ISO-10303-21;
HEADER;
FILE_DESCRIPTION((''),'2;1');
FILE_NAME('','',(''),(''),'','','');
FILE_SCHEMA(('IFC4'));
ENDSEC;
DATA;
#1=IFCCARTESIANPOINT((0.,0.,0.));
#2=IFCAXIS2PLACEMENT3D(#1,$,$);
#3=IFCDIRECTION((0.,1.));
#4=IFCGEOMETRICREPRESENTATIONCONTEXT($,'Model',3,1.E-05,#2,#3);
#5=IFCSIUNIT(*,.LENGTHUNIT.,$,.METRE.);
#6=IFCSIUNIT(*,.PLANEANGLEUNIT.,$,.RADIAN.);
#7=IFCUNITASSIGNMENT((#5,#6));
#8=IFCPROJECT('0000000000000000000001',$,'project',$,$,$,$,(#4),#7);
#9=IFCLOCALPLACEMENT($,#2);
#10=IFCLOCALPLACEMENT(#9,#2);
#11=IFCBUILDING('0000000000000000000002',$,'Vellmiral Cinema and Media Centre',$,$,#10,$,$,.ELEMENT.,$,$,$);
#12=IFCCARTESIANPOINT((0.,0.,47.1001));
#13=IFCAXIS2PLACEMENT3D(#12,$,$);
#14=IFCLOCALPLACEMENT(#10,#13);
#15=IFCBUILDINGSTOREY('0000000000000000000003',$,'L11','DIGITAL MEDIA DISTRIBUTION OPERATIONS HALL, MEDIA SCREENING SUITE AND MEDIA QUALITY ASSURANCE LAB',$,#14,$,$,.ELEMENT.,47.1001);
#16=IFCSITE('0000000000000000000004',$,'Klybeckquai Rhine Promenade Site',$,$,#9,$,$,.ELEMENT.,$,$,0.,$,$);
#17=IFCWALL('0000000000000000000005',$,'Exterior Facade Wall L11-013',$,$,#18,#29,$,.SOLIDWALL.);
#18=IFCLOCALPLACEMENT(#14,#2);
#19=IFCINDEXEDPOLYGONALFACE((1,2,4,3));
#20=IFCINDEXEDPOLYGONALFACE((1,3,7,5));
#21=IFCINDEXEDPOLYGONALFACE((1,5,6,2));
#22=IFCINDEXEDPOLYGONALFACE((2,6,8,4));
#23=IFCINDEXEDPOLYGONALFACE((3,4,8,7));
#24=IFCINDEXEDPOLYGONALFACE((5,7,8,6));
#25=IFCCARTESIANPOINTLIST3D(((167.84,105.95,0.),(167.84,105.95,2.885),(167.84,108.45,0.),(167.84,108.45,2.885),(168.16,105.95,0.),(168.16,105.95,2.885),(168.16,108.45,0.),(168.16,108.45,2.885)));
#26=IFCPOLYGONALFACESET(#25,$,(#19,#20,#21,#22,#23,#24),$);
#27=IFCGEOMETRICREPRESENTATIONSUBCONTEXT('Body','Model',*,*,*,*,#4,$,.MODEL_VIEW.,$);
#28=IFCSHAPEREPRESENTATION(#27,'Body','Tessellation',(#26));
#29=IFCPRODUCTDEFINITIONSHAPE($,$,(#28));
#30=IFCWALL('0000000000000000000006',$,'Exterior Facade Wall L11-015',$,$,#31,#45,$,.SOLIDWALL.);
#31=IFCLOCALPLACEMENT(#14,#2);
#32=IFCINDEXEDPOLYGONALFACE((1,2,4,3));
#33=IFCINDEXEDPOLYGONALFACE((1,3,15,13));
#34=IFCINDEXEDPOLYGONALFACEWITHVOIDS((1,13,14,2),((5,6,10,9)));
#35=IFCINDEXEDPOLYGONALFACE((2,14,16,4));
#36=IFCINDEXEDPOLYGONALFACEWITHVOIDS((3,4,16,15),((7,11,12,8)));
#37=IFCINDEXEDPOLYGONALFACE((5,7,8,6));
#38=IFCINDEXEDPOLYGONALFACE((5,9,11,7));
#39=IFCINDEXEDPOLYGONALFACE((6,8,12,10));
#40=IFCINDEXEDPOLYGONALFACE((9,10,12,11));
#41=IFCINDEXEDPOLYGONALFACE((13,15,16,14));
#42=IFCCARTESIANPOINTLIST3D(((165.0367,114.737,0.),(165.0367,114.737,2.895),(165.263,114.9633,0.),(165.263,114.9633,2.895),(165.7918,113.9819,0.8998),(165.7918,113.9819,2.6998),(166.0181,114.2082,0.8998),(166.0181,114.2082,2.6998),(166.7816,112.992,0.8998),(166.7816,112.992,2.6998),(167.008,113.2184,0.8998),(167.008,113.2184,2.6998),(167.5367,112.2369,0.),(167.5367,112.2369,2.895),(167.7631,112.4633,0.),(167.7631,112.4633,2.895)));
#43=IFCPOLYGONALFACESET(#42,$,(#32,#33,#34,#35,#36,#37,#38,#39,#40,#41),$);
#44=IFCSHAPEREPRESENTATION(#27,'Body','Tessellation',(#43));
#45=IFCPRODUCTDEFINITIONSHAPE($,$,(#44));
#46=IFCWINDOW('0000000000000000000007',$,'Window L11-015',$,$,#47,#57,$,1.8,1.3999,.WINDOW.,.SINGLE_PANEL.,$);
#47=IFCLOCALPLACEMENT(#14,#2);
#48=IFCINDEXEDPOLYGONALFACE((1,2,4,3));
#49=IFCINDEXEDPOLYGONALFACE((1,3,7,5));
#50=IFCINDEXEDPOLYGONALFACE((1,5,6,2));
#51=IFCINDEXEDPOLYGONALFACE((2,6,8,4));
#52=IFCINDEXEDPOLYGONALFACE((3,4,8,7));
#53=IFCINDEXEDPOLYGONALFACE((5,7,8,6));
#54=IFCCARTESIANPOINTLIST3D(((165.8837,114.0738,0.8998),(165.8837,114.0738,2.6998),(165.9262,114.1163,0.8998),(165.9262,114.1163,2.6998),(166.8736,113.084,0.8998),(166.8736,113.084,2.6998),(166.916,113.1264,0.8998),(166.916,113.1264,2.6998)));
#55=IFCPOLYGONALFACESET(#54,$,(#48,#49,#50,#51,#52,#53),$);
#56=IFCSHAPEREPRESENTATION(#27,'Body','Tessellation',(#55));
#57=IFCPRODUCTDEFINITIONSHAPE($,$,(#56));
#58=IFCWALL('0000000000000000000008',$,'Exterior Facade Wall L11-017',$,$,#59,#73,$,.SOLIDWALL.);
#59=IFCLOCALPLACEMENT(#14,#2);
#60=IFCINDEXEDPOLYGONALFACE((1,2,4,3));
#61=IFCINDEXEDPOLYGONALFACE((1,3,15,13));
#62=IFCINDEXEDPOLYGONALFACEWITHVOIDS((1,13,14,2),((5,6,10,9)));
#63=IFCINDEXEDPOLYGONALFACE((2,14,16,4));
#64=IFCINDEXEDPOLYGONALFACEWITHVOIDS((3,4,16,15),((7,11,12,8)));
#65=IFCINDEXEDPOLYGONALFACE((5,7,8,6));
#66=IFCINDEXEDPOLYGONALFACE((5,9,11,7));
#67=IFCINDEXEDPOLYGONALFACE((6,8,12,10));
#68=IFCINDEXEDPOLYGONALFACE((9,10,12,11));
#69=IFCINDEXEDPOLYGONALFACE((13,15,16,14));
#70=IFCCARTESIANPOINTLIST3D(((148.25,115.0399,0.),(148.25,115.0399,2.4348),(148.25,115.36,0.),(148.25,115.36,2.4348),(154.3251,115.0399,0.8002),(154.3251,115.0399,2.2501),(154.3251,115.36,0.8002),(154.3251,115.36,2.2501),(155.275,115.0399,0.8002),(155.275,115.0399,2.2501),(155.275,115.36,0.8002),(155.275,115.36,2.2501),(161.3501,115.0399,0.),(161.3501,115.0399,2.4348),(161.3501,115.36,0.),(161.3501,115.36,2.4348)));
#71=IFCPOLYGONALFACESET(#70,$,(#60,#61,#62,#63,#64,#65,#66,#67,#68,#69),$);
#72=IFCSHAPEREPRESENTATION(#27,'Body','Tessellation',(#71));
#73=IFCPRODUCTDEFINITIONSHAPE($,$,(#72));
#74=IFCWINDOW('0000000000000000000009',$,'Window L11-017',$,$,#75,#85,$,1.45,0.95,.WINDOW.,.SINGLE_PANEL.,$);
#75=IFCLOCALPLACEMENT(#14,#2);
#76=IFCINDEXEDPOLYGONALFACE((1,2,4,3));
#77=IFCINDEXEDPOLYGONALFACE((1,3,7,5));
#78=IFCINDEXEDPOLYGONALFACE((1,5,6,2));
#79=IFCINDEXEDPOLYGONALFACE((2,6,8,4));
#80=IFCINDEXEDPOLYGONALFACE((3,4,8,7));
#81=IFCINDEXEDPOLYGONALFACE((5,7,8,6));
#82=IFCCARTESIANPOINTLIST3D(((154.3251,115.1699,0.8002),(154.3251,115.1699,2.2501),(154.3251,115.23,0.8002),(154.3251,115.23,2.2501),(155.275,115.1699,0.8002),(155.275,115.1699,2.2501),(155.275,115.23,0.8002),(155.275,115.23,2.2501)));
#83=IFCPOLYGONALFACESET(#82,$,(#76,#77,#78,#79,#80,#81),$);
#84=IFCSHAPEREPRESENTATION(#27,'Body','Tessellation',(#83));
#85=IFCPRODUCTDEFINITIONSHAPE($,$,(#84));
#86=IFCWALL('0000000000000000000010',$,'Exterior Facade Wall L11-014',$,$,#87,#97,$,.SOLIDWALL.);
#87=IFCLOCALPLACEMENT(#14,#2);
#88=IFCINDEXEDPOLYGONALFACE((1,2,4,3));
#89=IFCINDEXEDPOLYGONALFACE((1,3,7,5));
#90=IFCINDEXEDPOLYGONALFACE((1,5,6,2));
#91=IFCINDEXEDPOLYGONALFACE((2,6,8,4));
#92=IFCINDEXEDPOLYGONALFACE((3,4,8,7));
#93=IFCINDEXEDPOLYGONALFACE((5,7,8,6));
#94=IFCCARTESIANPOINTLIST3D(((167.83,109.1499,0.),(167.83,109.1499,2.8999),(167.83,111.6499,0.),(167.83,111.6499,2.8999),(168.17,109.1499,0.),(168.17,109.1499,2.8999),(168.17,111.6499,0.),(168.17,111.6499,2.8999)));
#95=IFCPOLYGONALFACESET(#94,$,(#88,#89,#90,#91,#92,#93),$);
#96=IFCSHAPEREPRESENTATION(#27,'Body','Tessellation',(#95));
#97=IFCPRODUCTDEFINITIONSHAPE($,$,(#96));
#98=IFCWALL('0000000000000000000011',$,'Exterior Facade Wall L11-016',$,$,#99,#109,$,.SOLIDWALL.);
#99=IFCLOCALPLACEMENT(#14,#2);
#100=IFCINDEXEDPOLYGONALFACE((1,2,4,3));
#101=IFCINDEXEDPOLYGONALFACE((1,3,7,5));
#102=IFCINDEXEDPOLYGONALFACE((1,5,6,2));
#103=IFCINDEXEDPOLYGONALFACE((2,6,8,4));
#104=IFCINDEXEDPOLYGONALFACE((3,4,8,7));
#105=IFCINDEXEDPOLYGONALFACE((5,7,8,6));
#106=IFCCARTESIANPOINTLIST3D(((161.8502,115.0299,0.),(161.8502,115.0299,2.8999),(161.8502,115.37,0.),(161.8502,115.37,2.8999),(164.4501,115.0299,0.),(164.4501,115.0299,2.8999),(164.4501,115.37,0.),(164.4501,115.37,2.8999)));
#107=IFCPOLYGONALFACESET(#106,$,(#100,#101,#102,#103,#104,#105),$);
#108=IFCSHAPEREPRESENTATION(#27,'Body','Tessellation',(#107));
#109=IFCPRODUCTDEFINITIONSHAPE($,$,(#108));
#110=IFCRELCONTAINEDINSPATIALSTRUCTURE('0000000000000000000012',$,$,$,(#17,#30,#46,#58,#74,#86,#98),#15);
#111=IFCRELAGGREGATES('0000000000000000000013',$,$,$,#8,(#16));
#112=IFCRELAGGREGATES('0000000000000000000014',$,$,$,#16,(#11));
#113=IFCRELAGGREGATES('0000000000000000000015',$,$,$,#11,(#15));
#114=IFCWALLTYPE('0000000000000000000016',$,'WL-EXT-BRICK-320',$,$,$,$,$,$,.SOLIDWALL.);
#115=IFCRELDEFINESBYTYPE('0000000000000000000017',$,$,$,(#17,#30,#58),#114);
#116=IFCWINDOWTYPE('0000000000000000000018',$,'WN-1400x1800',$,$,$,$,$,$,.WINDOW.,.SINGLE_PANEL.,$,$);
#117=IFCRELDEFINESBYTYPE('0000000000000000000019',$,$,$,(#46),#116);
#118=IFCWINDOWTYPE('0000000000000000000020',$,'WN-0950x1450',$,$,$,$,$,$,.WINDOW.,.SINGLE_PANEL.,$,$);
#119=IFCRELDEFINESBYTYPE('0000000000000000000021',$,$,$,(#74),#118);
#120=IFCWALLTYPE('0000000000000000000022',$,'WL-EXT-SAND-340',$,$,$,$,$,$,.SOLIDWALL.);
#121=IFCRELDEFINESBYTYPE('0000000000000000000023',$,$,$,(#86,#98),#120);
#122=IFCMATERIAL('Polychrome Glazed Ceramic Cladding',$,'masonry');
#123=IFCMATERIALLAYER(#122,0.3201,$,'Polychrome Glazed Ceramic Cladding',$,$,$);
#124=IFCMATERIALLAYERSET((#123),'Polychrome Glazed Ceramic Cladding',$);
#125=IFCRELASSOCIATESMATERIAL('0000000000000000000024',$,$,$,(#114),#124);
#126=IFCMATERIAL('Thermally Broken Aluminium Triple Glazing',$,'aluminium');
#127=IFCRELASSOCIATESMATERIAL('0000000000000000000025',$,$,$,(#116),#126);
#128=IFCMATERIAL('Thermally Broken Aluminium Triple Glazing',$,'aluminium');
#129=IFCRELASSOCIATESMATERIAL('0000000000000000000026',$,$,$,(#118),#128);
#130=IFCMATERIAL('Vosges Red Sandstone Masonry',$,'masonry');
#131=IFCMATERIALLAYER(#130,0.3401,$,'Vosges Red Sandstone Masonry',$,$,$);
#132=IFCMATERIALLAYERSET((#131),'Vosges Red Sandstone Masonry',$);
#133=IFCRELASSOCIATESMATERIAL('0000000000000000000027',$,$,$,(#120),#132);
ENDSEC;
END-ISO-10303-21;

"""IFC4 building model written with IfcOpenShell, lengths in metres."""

from ifc_helpers import new_model, si_unit, direction, frame, frame_2d, origin, place, context, subcontext, project, spatial, rectangle, extrude, material, layer, layer_set, type_object, element, fill, save


model = new_model("IFC4")

# Units and contexts
model_context = context("Model", 3, precision=1e-05, world=origin(), true_north=direction((0.0, 1.0)))
body_context = subcontext(model_context, "Body", "Model", "MODEL_VIEW")
ifc_project = project(units=[si_unit("LENGTHUNIT", "METRE"), si_unit("PLANEANGLEUNIT", "RADIAN")], contexts=[model_context])

# Site, building, storey
site_placement = place(None, origin())
site = spatial("IfcSite", under=ifc_project, at=site_placement, Name="Klybeckquai Rhine Promenade Site", CompositionType="ELEMENT", RefElevation=0.0)
building_placement = place(site_placement, origin())
building = spatial("IfcBuilding", under=site, at=building_placement, Name="Vellmiral Cinema and Media Centre", CompositionType="ELEMENT")
storey_placement = place(building_placement, frame((0.0, 0.0, 47.1001)))
storey = spatial("IfcBuildingStorey", under=building, at=storey_placement, Name="L11", Description="DIGITAL MEDIA DISTRIBUTION OPERATIONS HALL, MEDIA SCREENING SUITE AND MEDIA QUALITY ASSURANCE LAB", CompositionType="ELEMENT", Elevation=47.1001)

# Wall
ifc_material_1 = material(Name="Polychrome Glazed Ceramic Cladding", Category="masonry")
ifc_layer_1 = layer(ifc_material_1, 0.3201, Name="Polychrome Glazed Ceramic Cladding")
ifc_layer_set_1 = layer_set([ifc_layer_1], Name="Polychrome Glazed Ceramic Cladding")
wall_type_1 = type_object("IfcWallType", Name="WL-EXT-BRICK-320", PredefinedType="SOLIDWALL", material=ifc_layer_set_1)
wall_1_placement = place(storey_placement, frame((168.0, 105.95, 0.0), z_axis=(0.0, 0.0, 1.0), x_axis=(0.0, 1.0, 0.0)))
element("IfcWall", 1, at=wall_1_placement, inside=storey, type_object=wall_type_1, Name="Exterior Facade Wall L11-013", PredefinedType="SOLIDWALL", context=body_context, shape_type="SweptSolid", body=[
    extrude(rectangle(XDim=2.5, YDim=0.3201, at=frame_2d((1.25, 0.0))), origin(), (0.0, 0.0, 1.0), 2.885),
])

# Walls, openings, windows
wall_2_placement = place(storey_placement, frame((167.6499, 112.3501, 0.0), z_axis=(0.0, 0.0, 1.0), x_axis=(-0.707107, 0.707107, 0.0)))
wall_2 = element("IfcWall", 2, at=wall_2_placement, inside=storey, type_object=wall_type_1, Name="Exterior Facade Wall L11-015", PredefinedType="SOLIDWALL", context=body_context, shape_type="SweptSolid", body=[
    extrude(rectangle(XDim=3.5356, YDim=0.3201, at=frame_2d((1.7678, 0.0))), origin(), (0.0, 0.0, 1.0), 2.895),
])
opening_1_placement = place(wall_2_placement, frame((1.0679, 0.0, 0.8999)))
opening_1 = element("IfcOpeningElement", 3, at=opening_1_placement, cuts=wall_2, PredefinedType="OPENING", context=body_context, shape_type="SweptSolid", body=[
    extrude(rectangle(XDim=1.3999, YDim=1.8, at=frame_2d((0.7, 0.8999))), frame((0.0, 0.1719, 0.0), z_axis=(0.0, -1.0, 0.0), x_axis=(1.0, 0.0, 0.0)), (0.0, 0.0, 1.0), 0.344),
])
ifc_material_2 = material(Name="Thermally Broken Aluminium Triple Glazing", Category="aluminium")
window_type_1 = type_object("IfcWindowType", Name="WN-1400x1800", PartitioningType="SINGLE_PANEL", PredefinedType="WINDOW", material=ifc_material_2)
window_1_placement = place(opening_1_placement, origin())
window_1 = element("IfcWindow", 4, at=window_1_placement, inside=storey, type_object=window_type_1, Name="Window L11-015", OverallHeight=1.8, OverallWidth=1.3999, PartitioningType="SINGLE_PANEL", PredefinedType="WINDOW", context=body_context, shape_type="SweptSolid", body=[
    extrude(rectangle(XDim=1.3999, YDim=1.8, at=frame_2d((0.7, 0.8999))), frame((0.0, 0.03, 0.0), z_axis=(0.0, -1.0, 0.0), x_axis=(1.0, 0.0, 0.0)), (0.0, 0.0, 1.0), 0.0601),
])
fill(opening_1, window_1)
wall_3_placement = place(storey_placement, frame((161.3501, 115.2, 0.0), z_axis=(0.0, 0.0, 1.0), x_axis=(-1.0, 0.0, 0.0)))
wall_3 = element("IfcWall", 5, at=wall_3_placement, inside=storey, type_object=wall_type_1, Name="Exterior Facade Wall L11-017", PredefinedType="SOLIDWALL", context=body_context, shape_type="SweptSolid", body=[
    extrude(rectangle(XDim=13.1001, YDim=0.3201, at=frame_2d((6.55, 0.0))), origin(), (0.0, 0.0, 1.0), 2.4348),
])
opening_2_placement = place(wall_3_placement, frame((6.075, 0.0, 0.8)))
opening_2 = element("IfcOpeningElement", 6, at=opening_2_placement, cuts=wall_3, PredefinedType="OPENING", context=body_context, shape_type="SweptSolid", body=[
    extrude(rectangle(XDim=0.95, YDim=1.45, at=frame_2d((0.4751, 0.7251))), frame((0.0, 0.1719, 0.0), z_axis=(0.0, -1.0, 0.0), x_axis=(1.0, 0.0, 0.0)), (0.0, 0.0, 1.0), 0.344),
])
ifc_material_3 = material(Name="Thermally Broken Aluminium Triple Glazing", Category="aluminium")
window_type_2 = type_object("IfcWindowType", Name="WN-0950x1450", PartitioningType="SINGLE_PANEL", PredefinedType="WINDOW", material=ifc_material_3)
window_2_placement = place(opening_2_placement, origin())
window_2 = element("IfcWindow", 7, at=window_2_placement, inside=storey, type_object=window_type_2, Name="Window L11-017", OverallHeight=1.45, OverallWidth=0.95, PartitioningType="SINGLE_PANEL", PredefinedType="WINDOW", context=body_context, shape_type="SweptSolid", body=[
    extrude(rectangle(XDim=0.95, YDim=1.45, at=frame_2d((0.4751, 0.7251))), frame((0.0, 0.03, 0.0), z_axis=(0.0, -1.0, 0.0), x_axis=(1.0, 0.0, 0.0)), (0.0, 0.0, 1.0), 0.0601),
])
fill(opening_2, window_2)

# Walls
ifc_material_4 = material(Name="Vosges Red Sandstone Masonry", Category="masonry")
ifc_layer_2 = layer(ifc_material_4, 0.3401, Name="Vosges Red Sandstone Masonry")
ifc_layer_set_2 = layer_set([ifc_layer_2], Name="Vosges Red Sandstone Masonry")
wall_type_2 = type_object("IfcWallType", Name="WL-EXT-SAND-340", PredefinedType="SOLIDWALL", material=ifc_layer_set_2)
wall_4_placement = place(storey_placement, frame((168.0, 109.1499, 0.0), z_axis=(0.0, 0.0, 1.0), x_axis=(0.0, 1.0, 0.0)))
element("IfcWall", 8, at=wall_4_placement, inside=storey, type_object=wall_type_2, Name="Exterior Facade Wall L11-014", PredefinedType="SOLIDWALL", context=body_context, shape_type="SweptSolid", body=[
    extrude(rectangle(XDim=2.5, YDim=0.3401, at=frame_2d((1.25, 0.0))), origin(), (0.0, 0.0, 1.0), 2.8999),
])
wall_5_placement = place(storey_placement, frame((164.45, 115.2, 0.0), z_axis=(0.0, 0.0, 1.0), x_axis=(-1.0, 0.0, 0.0)))
element("IfcWall", 9, at=wall_5_placement, inside=storey, type_object=wall_type_2, Name="Exterior Facade Wall L11-016", PredefinedType="SOLIDWALL", context=body_context, shape_type="SweptSolid", body=[
    extrude(rectangle(XDim=2.5999, YDim=0.3401, at=frame_2d((1.2998, 0.0))), origin(), (0.0, 0.0, 1.0), 2.8999),
])

save(model, "model.ifc")
